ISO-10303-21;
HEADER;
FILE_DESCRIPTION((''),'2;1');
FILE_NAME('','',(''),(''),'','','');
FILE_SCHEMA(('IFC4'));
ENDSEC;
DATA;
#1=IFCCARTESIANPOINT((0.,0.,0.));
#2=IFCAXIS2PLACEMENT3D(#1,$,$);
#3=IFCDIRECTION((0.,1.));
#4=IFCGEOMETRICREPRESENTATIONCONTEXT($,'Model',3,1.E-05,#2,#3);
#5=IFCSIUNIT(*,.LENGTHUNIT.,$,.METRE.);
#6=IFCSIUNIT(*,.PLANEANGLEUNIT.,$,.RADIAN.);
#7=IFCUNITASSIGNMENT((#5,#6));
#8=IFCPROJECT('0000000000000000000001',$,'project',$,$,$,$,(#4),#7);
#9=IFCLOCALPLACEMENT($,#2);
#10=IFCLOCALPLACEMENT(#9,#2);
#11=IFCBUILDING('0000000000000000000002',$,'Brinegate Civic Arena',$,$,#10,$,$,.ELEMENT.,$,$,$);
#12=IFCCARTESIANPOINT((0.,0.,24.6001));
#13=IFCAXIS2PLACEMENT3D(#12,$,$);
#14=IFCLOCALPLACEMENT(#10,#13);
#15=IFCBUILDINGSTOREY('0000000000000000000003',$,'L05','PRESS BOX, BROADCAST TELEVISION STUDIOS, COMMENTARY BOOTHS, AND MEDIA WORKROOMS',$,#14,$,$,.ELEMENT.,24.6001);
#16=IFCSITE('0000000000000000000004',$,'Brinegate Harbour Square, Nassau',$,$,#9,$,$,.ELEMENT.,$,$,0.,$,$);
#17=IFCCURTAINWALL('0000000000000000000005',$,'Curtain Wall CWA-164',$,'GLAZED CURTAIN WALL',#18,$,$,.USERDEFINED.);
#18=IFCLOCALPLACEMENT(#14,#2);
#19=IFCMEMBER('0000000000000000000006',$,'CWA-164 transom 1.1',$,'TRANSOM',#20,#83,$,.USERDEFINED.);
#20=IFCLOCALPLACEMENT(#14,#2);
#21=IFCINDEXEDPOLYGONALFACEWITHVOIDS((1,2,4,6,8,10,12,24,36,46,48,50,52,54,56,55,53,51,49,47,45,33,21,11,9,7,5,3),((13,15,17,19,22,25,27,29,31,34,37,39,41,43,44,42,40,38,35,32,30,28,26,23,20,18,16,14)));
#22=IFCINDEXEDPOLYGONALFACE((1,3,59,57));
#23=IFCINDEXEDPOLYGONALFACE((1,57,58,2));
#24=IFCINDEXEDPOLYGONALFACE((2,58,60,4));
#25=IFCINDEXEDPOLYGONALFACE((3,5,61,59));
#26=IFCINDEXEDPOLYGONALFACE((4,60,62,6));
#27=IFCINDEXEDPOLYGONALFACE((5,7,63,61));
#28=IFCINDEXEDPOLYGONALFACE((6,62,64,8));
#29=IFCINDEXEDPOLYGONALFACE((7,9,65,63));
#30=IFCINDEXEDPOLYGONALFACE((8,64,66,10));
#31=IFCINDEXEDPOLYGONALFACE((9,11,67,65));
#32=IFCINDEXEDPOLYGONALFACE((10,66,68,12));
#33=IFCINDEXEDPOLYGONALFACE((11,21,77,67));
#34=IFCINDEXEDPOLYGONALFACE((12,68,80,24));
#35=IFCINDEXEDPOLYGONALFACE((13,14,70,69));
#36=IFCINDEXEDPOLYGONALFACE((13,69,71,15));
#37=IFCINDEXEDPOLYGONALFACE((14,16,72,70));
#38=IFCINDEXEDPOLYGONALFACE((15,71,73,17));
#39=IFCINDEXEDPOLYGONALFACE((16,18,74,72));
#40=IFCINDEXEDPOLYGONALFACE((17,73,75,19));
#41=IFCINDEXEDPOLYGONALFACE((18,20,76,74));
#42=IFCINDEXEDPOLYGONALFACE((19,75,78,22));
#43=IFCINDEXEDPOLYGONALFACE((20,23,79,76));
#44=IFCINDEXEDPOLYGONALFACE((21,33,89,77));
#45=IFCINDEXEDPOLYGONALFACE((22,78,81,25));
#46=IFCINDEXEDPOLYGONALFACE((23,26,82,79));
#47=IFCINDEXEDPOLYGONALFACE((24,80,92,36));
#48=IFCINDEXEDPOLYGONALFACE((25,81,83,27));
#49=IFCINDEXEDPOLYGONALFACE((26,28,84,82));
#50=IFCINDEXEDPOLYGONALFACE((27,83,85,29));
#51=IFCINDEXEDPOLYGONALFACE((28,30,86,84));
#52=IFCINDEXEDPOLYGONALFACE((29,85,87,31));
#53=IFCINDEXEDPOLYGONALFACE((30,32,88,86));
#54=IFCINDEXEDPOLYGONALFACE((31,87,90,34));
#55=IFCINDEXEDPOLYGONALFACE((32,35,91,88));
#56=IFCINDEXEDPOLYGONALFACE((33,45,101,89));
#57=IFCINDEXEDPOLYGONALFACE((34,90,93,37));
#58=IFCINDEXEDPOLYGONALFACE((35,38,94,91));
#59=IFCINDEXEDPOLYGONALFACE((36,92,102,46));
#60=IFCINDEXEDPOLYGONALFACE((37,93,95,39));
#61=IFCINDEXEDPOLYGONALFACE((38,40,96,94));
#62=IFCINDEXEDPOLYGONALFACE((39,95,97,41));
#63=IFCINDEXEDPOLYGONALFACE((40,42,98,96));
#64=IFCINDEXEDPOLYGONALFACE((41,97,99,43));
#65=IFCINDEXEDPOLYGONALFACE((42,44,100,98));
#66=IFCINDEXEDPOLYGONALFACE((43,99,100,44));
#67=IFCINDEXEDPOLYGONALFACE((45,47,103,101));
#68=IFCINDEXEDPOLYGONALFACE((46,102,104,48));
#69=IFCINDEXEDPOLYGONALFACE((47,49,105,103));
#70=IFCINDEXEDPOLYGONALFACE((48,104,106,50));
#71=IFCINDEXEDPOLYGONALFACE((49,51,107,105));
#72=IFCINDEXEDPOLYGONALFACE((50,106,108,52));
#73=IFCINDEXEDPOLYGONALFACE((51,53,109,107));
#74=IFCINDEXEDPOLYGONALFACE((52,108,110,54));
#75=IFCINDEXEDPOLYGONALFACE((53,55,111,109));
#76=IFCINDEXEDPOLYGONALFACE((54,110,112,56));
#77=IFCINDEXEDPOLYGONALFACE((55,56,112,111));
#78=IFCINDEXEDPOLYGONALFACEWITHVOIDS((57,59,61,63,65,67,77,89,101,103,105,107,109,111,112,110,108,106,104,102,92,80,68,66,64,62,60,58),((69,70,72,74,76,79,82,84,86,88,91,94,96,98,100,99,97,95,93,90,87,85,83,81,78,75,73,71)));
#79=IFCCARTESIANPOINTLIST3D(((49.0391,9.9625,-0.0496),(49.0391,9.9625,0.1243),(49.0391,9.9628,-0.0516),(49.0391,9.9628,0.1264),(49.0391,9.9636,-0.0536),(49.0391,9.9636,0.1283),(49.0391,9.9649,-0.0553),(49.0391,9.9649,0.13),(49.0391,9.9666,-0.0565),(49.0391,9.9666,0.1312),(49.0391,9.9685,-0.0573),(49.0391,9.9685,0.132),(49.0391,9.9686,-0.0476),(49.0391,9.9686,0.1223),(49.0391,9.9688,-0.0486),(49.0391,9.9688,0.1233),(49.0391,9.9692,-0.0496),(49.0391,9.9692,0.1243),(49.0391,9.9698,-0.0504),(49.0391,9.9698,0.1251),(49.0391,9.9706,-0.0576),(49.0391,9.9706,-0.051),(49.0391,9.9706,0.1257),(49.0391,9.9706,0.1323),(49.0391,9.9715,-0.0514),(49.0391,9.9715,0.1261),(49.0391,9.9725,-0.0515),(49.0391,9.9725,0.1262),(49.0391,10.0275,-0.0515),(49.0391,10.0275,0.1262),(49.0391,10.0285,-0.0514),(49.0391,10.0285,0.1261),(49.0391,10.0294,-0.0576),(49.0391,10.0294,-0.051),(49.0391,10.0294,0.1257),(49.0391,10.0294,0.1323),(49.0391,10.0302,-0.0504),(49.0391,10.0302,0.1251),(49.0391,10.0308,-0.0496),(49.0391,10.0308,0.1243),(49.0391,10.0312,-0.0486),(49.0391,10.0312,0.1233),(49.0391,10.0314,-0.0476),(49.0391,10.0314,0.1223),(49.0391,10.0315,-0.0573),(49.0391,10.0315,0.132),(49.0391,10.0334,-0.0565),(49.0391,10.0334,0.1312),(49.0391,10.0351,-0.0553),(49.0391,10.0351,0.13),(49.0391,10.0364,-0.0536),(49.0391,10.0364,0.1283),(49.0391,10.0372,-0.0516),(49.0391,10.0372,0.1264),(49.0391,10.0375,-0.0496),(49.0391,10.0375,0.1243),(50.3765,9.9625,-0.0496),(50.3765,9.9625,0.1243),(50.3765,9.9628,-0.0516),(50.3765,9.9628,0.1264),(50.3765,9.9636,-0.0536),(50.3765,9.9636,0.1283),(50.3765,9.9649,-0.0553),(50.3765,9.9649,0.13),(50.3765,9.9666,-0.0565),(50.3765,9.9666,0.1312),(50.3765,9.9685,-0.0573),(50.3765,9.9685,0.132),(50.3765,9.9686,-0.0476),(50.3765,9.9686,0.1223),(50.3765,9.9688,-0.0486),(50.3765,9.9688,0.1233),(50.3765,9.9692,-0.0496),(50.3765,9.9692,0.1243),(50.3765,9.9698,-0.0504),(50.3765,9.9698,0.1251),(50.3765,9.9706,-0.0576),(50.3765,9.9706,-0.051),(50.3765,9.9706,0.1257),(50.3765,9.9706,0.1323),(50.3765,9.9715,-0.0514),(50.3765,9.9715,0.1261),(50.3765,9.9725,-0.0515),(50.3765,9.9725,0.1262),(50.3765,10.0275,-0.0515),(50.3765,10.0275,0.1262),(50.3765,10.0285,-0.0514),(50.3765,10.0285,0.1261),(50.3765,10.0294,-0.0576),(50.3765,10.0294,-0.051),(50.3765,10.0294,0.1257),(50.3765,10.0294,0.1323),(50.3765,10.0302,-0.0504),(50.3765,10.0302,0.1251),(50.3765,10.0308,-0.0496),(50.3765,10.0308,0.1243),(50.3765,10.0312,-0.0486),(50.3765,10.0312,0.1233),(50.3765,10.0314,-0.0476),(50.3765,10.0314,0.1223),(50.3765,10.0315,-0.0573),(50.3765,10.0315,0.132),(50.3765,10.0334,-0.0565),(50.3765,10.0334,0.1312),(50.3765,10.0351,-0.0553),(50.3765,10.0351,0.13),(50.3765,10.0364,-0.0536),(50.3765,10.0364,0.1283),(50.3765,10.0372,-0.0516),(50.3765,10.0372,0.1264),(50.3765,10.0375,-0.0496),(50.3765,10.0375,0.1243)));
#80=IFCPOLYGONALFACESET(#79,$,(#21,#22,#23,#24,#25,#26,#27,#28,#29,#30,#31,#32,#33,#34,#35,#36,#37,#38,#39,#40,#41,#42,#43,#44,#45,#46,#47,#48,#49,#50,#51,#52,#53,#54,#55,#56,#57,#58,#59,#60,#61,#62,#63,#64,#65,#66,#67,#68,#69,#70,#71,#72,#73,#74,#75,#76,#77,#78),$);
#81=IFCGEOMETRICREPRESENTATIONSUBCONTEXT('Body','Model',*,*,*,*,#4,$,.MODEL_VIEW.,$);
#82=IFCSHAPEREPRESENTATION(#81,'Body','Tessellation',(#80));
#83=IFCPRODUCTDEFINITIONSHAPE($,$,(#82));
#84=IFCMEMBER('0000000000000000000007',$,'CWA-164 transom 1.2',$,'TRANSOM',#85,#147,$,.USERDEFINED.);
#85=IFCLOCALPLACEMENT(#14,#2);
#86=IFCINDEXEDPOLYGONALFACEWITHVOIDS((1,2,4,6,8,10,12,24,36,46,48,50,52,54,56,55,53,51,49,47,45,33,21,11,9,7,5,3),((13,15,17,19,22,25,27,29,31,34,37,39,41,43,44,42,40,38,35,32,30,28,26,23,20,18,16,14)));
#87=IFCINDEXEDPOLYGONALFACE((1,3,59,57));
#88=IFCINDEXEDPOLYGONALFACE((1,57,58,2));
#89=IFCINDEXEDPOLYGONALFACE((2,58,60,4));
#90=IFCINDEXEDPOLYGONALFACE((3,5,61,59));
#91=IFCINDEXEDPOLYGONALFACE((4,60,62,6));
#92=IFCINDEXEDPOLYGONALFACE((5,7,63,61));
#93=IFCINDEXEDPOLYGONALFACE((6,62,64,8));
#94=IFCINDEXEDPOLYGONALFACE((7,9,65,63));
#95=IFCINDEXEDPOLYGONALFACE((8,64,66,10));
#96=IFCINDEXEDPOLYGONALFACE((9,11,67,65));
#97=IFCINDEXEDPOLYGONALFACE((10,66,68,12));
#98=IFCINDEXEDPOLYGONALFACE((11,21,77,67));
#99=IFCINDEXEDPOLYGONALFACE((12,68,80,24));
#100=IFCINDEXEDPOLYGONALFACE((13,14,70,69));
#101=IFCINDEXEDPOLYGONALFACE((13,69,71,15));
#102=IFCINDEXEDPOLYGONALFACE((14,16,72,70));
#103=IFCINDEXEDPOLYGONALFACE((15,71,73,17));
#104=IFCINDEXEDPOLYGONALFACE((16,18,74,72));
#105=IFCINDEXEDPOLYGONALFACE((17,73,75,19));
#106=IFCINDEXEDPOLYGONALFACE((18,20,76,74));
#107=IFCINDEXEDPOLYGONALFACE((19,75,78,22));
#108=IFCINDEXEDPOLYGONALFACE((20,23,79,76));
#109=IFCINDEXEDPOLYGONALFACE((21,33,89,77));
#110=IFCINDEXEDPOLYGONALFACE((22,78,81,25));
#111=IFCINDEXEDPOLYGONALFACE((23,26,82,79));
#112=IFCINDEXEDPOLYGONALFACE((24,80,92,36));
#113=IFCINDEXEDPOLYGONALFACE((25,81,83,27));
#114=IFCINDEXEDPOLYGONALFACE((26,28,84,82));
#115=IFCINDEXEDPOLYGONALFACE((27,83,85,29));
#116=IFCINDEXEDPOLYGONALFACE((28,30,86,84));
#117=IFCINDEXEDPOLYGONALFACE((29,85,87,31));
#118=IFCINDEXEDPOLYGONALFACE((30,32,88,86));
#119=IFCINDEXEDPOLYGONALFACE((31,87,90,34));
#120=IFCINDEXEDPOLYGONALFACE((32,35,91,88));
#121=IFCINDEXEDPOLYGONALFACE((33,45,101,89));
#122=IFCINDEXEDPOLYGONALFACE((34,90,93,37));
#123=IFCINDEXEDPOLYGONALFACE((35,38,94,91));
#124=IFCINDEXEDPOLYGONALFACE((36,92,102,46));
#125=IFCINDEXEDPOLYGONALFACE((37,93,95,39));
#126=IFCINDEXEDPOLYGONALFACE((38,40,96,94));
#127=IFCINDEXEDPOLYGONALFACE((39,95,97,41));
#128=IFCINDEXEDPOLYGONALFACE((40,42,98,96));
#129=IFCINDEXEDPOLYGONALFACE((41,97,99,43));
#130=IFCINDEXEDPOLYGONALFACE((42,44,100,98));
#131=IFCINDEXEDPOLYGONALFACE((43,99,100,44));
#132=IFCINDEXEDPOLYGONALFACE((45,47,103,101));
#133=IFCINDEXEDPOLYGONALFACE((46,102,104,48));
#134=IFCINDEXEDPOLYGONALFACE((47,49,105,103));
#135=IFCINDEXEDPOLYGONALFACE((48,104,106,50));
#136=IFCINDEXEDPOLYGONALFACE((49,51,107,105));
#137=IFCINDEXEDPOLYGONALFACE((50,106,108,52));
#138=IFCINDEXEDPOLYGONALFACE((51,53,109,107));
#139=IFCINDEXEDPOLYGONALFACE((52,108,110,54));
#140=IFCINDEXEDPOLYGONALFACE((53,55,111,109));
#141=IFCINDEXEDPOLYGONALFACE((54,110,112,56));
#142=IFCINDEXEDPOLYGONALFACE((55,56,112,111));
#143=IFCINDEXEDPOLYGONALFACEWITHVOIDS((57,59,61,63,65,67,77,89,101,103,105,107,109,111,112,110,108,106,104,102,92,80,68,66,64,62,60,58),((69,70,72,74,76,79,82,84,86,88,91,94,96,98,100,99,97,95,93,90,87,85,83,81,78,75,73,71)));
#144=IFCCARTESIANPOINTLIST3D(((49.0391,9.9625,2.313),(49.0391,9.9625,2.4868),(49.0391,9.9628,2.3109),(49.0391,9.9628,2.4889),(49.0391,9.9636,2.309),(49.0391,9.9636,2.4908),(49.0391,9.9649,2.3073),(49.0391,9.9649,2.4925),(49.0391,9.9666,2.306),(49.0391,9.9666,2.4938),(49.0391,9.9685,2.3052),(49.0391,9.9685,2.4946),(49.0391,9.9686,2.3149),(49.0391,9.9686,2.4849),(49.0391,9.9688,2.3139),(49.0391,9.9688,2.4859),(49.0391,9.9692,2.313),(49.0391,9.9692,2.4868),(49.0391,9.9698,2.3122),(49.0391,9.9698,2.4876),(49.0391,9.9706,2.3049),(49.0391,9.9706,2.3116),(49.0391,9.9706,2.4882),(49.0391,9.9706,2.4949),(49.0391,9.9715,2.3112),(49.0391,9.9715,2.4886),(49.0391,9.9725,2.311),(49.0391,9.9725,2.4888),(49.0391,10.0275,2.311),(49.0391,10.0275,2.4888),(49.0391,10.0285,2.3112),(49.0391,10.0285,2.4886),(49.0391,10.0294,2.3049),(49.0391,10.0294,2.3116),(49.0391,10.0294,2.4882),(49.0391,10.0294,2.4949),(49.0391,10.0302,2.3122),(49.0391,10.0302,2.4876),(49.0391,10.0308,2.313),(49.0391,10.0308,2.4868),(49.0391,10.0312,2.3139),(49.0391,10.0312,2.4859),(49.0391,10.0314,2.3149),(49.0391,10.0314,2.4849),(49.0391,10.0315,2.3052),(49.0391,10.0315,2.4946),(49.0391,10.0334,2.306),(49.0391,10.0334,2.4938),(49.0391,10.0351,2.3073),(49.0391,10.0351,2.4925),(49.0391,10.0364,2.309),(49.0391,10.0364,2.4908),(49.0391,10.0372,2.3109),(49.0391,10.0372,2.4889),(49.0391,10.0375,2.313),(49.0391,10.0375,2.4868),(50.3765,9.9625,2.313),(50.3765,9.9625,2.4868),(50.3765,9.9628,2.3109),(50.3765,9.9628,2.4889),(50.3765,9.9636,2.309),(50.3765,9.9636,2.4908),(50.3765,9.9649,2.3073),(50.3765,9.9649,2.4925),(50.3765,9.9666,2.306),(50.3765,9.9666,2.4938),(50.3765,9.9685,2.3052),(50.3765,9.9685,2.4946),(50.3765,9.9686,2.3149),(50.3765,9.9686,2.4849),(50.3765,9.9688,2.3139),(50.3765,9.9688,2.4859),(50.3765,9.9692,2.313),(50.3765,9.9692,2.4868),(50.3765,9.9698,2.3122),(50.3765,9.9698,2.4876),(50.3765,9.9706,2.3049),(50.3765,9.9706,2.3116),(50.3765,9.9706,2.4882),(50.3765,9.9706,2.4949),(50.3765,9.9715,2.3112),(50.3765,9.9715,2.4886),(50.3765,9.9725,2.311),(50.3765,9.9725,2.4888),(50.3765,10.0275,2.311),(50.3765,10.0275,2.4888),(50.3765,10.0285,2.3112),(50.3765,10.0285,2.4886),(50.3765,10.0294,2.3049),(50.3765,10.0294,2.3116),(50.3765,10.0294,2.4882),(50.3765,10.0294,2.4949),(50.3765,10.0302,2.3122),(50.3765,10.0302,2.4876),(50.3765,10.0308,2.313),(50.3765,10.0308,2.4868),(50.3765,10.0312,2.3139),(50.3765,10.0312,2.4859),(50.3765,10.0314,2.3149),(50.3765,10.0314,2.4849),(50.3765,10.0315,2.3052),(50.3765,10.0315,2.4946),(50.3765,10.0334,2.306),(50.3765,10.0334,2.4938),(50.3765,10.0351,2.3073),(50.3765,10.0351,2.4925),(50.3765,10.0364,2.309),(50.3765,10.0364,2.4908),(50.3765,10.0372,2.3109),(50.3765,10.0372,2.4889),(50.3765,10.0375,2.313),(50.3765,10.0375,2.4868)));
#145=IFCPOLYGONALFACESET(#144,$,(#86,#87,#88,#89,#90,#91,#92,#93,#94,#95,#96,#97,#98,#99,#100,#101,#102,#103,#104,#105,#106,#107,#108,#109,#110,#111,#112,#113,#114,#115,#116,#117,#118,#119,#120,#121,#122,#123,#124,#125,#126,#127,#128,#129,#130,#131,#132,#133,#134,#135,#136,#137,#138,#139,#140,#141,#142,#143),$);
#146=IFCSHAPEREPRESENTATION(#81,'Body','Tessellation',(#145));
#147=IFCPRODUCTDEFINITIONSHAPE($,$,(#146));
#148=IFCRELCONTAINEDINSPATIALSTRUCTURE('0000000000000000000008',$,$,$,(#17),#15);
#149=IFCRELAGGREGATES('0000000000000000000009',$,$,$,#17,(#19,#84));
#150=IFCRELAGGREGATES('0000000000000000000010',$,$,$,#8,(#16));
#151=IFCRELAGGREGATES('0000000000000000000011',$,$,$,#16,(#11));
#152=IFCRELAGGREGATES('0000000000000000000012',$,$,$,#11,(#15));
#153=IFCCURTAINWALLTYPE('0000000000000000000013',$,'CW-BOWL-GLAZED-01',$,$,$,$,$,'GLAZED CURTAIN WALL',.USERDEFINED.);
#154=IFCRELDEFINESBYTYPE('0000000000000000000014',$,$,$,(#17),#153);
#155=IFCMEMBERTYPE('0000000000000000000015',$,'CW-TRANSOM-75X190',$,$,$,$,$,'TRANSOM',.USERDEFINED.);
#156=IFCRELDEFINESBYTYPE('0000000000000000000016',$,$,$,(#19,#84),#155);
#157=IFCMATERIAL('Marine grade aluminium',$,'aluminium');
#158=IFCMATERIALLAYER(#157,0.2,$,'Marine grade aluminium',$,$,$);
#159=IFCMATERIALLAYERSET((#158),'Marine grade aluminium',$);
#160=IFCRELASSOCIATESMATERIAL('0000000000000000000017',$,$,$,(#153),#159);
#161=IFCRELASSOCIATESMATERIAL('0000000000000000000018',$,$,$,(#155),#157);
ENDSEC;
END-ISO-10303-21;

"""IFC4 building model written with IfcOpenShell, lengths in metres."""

from ifc_helpers import new_model, si_unit, direction, frame, origin, origin_2d, place, context, subcontext, project, spatial, hollow_rectangle, extrude, material, layer, layer_set, material_profile, profile_set, type_object, element, aggregate, save


model = new_model("IFC4")

# Units and contexts
model_context = context("Model", 3, precision=1e-05, world=origin(), true_north=direction((0.0, 1.0)))
body_context = subcontext(model_context, "Body", "Model", "MODEL_VIEW")
ifc_project = project(units=[si_unit("LENGTHUNIT", "METRE"), si_unit("PLANEANGLEUNIT", "RADIAN")], contexts=[model_context])

# Site, building, storey
site_placement = place(None, origin())
site = spatial("IfcSite", under=ifc_project, at=site_placement, Name="Brinegate Harbour Square, Nassau", CompositionType="ELEMENT", RefElevation=0.0)
building_placement = place(site_placement, origin())
building = spatial("IfcBuilding", under=site, at=building_placement, Name="Brinegate Civic Arena", CompositionType="ELEMENT")
storey_placement = place(building_placement, frame((0.0, 0.0, 24.6001)))
storey = spatial("IfcBuildingStorey", under=building, at=storey_placement, Name="L05", Description="PRESS BOX, BROADCAST TELEVISION STUDIOS, COMMENTARY BOOTHS, AND MEDIA WORKROOMS", CompositionType="ELEMENT", Elevation=24.6001)

# Curtain wall, members
ifc_material_1 = material(Name="Marine grade aluminium", Category="aluminium")
ifc_layer_1 = layer(ifc_material_1, 0.2, Name="Marine grade aluminium")
ifc_layer_set_1 = layer_set([ifc_layer_1], Name="Marine grade aluminium")
curtain_wall_type = type_object("IfcCurtainWallType", Name="CW-BOWL-GLAZED-01", ElementType="GLAZED CURTAIN WALL", PredefinedType="USERDEFINED", material=ifc_layer_set_1)
curtain_wall_placement = place(storey_placement, origin())
curtain_wall = element("IfcCurtainWall", 1, at=curtain_wall_placement, inside=storey, type_object=curtain_wall_type, Name="Curtain Wall CWA-164", ObjectType="GLAZED CURTAIN WALL", PredefinedType="USERDEFINED")
ifc_material_profile_1 = material_profile(ifc_material_1, hollow_rectangle(XDim=0.075, YDim=0.1899, WallThickness=0.0061, InnerFilletRadius=0.0039, OuterFilletRadius=0.0081, at=origin_2d()), Name="TRN75X190")
ifc_profile_set_1 = profile_set([ifc_material_profile_1], Name="Marine grade aluminium")
member_type_1 = type_object("IfcMemberType", Name="CW-TRANSOM-75X190", ElementType="TRANSOM", PredefinedType="USERDEFINED", material=ifc_profile_set_1)
member_1_placement = place(storey_placement, frame((49.0391, 10.0, 0.0374), z_axis=(1.0, 0.0, 0.0), x_axis=(0.0, 1.0, 0.0)))
member_1 = element("IfcMember", 2, at=member_1_placement, type_object=member_type_1, Name="CWA-164 transom 1.1", ObjectType="TRANSOM", PredefinedType="USERDEFINED", context=body_context, shape_type="SweptSolid", body=[
    extrude(hollow_rectangle(XDim=0.075, YDim=0.1899, WallThickness=0.0061, InnerFilletRadius=0.0039, OuterFilletRadius=0.0081, at=origin_2d()), origin(), (0.0, 0.0, 1.0), 1.3374),
])
member_2_placement = place(storey_placement, frame((49.0391, 10.0, 2.3999), z_axis=(1.0, 0.0, 0.0), x_axis=(0.0, 1.0, 0.0)))
member_2 = element("IfcMember", 3, at=member_2_placement, type_object=member_type_1, Name="CWA-164 transom 1.2", ObjectType="TRANSOM", PredefinedType="USERDEFINED", context=body_context, shape_type="SweptSolid", body=[
    extrude(hollow_rectangle(XDim=0.075, YDim=0.1899, WallThickness=0.0061, InnerFilletRadius=0.0039, OuterFilletRadius=0.0081, at=origin_2d()), origin(), (0.0, 0.0, 1.0), 1.3374),
])

aggregate(curtain_wall, [member_1, member_2])

save(model, "model.ifc")
